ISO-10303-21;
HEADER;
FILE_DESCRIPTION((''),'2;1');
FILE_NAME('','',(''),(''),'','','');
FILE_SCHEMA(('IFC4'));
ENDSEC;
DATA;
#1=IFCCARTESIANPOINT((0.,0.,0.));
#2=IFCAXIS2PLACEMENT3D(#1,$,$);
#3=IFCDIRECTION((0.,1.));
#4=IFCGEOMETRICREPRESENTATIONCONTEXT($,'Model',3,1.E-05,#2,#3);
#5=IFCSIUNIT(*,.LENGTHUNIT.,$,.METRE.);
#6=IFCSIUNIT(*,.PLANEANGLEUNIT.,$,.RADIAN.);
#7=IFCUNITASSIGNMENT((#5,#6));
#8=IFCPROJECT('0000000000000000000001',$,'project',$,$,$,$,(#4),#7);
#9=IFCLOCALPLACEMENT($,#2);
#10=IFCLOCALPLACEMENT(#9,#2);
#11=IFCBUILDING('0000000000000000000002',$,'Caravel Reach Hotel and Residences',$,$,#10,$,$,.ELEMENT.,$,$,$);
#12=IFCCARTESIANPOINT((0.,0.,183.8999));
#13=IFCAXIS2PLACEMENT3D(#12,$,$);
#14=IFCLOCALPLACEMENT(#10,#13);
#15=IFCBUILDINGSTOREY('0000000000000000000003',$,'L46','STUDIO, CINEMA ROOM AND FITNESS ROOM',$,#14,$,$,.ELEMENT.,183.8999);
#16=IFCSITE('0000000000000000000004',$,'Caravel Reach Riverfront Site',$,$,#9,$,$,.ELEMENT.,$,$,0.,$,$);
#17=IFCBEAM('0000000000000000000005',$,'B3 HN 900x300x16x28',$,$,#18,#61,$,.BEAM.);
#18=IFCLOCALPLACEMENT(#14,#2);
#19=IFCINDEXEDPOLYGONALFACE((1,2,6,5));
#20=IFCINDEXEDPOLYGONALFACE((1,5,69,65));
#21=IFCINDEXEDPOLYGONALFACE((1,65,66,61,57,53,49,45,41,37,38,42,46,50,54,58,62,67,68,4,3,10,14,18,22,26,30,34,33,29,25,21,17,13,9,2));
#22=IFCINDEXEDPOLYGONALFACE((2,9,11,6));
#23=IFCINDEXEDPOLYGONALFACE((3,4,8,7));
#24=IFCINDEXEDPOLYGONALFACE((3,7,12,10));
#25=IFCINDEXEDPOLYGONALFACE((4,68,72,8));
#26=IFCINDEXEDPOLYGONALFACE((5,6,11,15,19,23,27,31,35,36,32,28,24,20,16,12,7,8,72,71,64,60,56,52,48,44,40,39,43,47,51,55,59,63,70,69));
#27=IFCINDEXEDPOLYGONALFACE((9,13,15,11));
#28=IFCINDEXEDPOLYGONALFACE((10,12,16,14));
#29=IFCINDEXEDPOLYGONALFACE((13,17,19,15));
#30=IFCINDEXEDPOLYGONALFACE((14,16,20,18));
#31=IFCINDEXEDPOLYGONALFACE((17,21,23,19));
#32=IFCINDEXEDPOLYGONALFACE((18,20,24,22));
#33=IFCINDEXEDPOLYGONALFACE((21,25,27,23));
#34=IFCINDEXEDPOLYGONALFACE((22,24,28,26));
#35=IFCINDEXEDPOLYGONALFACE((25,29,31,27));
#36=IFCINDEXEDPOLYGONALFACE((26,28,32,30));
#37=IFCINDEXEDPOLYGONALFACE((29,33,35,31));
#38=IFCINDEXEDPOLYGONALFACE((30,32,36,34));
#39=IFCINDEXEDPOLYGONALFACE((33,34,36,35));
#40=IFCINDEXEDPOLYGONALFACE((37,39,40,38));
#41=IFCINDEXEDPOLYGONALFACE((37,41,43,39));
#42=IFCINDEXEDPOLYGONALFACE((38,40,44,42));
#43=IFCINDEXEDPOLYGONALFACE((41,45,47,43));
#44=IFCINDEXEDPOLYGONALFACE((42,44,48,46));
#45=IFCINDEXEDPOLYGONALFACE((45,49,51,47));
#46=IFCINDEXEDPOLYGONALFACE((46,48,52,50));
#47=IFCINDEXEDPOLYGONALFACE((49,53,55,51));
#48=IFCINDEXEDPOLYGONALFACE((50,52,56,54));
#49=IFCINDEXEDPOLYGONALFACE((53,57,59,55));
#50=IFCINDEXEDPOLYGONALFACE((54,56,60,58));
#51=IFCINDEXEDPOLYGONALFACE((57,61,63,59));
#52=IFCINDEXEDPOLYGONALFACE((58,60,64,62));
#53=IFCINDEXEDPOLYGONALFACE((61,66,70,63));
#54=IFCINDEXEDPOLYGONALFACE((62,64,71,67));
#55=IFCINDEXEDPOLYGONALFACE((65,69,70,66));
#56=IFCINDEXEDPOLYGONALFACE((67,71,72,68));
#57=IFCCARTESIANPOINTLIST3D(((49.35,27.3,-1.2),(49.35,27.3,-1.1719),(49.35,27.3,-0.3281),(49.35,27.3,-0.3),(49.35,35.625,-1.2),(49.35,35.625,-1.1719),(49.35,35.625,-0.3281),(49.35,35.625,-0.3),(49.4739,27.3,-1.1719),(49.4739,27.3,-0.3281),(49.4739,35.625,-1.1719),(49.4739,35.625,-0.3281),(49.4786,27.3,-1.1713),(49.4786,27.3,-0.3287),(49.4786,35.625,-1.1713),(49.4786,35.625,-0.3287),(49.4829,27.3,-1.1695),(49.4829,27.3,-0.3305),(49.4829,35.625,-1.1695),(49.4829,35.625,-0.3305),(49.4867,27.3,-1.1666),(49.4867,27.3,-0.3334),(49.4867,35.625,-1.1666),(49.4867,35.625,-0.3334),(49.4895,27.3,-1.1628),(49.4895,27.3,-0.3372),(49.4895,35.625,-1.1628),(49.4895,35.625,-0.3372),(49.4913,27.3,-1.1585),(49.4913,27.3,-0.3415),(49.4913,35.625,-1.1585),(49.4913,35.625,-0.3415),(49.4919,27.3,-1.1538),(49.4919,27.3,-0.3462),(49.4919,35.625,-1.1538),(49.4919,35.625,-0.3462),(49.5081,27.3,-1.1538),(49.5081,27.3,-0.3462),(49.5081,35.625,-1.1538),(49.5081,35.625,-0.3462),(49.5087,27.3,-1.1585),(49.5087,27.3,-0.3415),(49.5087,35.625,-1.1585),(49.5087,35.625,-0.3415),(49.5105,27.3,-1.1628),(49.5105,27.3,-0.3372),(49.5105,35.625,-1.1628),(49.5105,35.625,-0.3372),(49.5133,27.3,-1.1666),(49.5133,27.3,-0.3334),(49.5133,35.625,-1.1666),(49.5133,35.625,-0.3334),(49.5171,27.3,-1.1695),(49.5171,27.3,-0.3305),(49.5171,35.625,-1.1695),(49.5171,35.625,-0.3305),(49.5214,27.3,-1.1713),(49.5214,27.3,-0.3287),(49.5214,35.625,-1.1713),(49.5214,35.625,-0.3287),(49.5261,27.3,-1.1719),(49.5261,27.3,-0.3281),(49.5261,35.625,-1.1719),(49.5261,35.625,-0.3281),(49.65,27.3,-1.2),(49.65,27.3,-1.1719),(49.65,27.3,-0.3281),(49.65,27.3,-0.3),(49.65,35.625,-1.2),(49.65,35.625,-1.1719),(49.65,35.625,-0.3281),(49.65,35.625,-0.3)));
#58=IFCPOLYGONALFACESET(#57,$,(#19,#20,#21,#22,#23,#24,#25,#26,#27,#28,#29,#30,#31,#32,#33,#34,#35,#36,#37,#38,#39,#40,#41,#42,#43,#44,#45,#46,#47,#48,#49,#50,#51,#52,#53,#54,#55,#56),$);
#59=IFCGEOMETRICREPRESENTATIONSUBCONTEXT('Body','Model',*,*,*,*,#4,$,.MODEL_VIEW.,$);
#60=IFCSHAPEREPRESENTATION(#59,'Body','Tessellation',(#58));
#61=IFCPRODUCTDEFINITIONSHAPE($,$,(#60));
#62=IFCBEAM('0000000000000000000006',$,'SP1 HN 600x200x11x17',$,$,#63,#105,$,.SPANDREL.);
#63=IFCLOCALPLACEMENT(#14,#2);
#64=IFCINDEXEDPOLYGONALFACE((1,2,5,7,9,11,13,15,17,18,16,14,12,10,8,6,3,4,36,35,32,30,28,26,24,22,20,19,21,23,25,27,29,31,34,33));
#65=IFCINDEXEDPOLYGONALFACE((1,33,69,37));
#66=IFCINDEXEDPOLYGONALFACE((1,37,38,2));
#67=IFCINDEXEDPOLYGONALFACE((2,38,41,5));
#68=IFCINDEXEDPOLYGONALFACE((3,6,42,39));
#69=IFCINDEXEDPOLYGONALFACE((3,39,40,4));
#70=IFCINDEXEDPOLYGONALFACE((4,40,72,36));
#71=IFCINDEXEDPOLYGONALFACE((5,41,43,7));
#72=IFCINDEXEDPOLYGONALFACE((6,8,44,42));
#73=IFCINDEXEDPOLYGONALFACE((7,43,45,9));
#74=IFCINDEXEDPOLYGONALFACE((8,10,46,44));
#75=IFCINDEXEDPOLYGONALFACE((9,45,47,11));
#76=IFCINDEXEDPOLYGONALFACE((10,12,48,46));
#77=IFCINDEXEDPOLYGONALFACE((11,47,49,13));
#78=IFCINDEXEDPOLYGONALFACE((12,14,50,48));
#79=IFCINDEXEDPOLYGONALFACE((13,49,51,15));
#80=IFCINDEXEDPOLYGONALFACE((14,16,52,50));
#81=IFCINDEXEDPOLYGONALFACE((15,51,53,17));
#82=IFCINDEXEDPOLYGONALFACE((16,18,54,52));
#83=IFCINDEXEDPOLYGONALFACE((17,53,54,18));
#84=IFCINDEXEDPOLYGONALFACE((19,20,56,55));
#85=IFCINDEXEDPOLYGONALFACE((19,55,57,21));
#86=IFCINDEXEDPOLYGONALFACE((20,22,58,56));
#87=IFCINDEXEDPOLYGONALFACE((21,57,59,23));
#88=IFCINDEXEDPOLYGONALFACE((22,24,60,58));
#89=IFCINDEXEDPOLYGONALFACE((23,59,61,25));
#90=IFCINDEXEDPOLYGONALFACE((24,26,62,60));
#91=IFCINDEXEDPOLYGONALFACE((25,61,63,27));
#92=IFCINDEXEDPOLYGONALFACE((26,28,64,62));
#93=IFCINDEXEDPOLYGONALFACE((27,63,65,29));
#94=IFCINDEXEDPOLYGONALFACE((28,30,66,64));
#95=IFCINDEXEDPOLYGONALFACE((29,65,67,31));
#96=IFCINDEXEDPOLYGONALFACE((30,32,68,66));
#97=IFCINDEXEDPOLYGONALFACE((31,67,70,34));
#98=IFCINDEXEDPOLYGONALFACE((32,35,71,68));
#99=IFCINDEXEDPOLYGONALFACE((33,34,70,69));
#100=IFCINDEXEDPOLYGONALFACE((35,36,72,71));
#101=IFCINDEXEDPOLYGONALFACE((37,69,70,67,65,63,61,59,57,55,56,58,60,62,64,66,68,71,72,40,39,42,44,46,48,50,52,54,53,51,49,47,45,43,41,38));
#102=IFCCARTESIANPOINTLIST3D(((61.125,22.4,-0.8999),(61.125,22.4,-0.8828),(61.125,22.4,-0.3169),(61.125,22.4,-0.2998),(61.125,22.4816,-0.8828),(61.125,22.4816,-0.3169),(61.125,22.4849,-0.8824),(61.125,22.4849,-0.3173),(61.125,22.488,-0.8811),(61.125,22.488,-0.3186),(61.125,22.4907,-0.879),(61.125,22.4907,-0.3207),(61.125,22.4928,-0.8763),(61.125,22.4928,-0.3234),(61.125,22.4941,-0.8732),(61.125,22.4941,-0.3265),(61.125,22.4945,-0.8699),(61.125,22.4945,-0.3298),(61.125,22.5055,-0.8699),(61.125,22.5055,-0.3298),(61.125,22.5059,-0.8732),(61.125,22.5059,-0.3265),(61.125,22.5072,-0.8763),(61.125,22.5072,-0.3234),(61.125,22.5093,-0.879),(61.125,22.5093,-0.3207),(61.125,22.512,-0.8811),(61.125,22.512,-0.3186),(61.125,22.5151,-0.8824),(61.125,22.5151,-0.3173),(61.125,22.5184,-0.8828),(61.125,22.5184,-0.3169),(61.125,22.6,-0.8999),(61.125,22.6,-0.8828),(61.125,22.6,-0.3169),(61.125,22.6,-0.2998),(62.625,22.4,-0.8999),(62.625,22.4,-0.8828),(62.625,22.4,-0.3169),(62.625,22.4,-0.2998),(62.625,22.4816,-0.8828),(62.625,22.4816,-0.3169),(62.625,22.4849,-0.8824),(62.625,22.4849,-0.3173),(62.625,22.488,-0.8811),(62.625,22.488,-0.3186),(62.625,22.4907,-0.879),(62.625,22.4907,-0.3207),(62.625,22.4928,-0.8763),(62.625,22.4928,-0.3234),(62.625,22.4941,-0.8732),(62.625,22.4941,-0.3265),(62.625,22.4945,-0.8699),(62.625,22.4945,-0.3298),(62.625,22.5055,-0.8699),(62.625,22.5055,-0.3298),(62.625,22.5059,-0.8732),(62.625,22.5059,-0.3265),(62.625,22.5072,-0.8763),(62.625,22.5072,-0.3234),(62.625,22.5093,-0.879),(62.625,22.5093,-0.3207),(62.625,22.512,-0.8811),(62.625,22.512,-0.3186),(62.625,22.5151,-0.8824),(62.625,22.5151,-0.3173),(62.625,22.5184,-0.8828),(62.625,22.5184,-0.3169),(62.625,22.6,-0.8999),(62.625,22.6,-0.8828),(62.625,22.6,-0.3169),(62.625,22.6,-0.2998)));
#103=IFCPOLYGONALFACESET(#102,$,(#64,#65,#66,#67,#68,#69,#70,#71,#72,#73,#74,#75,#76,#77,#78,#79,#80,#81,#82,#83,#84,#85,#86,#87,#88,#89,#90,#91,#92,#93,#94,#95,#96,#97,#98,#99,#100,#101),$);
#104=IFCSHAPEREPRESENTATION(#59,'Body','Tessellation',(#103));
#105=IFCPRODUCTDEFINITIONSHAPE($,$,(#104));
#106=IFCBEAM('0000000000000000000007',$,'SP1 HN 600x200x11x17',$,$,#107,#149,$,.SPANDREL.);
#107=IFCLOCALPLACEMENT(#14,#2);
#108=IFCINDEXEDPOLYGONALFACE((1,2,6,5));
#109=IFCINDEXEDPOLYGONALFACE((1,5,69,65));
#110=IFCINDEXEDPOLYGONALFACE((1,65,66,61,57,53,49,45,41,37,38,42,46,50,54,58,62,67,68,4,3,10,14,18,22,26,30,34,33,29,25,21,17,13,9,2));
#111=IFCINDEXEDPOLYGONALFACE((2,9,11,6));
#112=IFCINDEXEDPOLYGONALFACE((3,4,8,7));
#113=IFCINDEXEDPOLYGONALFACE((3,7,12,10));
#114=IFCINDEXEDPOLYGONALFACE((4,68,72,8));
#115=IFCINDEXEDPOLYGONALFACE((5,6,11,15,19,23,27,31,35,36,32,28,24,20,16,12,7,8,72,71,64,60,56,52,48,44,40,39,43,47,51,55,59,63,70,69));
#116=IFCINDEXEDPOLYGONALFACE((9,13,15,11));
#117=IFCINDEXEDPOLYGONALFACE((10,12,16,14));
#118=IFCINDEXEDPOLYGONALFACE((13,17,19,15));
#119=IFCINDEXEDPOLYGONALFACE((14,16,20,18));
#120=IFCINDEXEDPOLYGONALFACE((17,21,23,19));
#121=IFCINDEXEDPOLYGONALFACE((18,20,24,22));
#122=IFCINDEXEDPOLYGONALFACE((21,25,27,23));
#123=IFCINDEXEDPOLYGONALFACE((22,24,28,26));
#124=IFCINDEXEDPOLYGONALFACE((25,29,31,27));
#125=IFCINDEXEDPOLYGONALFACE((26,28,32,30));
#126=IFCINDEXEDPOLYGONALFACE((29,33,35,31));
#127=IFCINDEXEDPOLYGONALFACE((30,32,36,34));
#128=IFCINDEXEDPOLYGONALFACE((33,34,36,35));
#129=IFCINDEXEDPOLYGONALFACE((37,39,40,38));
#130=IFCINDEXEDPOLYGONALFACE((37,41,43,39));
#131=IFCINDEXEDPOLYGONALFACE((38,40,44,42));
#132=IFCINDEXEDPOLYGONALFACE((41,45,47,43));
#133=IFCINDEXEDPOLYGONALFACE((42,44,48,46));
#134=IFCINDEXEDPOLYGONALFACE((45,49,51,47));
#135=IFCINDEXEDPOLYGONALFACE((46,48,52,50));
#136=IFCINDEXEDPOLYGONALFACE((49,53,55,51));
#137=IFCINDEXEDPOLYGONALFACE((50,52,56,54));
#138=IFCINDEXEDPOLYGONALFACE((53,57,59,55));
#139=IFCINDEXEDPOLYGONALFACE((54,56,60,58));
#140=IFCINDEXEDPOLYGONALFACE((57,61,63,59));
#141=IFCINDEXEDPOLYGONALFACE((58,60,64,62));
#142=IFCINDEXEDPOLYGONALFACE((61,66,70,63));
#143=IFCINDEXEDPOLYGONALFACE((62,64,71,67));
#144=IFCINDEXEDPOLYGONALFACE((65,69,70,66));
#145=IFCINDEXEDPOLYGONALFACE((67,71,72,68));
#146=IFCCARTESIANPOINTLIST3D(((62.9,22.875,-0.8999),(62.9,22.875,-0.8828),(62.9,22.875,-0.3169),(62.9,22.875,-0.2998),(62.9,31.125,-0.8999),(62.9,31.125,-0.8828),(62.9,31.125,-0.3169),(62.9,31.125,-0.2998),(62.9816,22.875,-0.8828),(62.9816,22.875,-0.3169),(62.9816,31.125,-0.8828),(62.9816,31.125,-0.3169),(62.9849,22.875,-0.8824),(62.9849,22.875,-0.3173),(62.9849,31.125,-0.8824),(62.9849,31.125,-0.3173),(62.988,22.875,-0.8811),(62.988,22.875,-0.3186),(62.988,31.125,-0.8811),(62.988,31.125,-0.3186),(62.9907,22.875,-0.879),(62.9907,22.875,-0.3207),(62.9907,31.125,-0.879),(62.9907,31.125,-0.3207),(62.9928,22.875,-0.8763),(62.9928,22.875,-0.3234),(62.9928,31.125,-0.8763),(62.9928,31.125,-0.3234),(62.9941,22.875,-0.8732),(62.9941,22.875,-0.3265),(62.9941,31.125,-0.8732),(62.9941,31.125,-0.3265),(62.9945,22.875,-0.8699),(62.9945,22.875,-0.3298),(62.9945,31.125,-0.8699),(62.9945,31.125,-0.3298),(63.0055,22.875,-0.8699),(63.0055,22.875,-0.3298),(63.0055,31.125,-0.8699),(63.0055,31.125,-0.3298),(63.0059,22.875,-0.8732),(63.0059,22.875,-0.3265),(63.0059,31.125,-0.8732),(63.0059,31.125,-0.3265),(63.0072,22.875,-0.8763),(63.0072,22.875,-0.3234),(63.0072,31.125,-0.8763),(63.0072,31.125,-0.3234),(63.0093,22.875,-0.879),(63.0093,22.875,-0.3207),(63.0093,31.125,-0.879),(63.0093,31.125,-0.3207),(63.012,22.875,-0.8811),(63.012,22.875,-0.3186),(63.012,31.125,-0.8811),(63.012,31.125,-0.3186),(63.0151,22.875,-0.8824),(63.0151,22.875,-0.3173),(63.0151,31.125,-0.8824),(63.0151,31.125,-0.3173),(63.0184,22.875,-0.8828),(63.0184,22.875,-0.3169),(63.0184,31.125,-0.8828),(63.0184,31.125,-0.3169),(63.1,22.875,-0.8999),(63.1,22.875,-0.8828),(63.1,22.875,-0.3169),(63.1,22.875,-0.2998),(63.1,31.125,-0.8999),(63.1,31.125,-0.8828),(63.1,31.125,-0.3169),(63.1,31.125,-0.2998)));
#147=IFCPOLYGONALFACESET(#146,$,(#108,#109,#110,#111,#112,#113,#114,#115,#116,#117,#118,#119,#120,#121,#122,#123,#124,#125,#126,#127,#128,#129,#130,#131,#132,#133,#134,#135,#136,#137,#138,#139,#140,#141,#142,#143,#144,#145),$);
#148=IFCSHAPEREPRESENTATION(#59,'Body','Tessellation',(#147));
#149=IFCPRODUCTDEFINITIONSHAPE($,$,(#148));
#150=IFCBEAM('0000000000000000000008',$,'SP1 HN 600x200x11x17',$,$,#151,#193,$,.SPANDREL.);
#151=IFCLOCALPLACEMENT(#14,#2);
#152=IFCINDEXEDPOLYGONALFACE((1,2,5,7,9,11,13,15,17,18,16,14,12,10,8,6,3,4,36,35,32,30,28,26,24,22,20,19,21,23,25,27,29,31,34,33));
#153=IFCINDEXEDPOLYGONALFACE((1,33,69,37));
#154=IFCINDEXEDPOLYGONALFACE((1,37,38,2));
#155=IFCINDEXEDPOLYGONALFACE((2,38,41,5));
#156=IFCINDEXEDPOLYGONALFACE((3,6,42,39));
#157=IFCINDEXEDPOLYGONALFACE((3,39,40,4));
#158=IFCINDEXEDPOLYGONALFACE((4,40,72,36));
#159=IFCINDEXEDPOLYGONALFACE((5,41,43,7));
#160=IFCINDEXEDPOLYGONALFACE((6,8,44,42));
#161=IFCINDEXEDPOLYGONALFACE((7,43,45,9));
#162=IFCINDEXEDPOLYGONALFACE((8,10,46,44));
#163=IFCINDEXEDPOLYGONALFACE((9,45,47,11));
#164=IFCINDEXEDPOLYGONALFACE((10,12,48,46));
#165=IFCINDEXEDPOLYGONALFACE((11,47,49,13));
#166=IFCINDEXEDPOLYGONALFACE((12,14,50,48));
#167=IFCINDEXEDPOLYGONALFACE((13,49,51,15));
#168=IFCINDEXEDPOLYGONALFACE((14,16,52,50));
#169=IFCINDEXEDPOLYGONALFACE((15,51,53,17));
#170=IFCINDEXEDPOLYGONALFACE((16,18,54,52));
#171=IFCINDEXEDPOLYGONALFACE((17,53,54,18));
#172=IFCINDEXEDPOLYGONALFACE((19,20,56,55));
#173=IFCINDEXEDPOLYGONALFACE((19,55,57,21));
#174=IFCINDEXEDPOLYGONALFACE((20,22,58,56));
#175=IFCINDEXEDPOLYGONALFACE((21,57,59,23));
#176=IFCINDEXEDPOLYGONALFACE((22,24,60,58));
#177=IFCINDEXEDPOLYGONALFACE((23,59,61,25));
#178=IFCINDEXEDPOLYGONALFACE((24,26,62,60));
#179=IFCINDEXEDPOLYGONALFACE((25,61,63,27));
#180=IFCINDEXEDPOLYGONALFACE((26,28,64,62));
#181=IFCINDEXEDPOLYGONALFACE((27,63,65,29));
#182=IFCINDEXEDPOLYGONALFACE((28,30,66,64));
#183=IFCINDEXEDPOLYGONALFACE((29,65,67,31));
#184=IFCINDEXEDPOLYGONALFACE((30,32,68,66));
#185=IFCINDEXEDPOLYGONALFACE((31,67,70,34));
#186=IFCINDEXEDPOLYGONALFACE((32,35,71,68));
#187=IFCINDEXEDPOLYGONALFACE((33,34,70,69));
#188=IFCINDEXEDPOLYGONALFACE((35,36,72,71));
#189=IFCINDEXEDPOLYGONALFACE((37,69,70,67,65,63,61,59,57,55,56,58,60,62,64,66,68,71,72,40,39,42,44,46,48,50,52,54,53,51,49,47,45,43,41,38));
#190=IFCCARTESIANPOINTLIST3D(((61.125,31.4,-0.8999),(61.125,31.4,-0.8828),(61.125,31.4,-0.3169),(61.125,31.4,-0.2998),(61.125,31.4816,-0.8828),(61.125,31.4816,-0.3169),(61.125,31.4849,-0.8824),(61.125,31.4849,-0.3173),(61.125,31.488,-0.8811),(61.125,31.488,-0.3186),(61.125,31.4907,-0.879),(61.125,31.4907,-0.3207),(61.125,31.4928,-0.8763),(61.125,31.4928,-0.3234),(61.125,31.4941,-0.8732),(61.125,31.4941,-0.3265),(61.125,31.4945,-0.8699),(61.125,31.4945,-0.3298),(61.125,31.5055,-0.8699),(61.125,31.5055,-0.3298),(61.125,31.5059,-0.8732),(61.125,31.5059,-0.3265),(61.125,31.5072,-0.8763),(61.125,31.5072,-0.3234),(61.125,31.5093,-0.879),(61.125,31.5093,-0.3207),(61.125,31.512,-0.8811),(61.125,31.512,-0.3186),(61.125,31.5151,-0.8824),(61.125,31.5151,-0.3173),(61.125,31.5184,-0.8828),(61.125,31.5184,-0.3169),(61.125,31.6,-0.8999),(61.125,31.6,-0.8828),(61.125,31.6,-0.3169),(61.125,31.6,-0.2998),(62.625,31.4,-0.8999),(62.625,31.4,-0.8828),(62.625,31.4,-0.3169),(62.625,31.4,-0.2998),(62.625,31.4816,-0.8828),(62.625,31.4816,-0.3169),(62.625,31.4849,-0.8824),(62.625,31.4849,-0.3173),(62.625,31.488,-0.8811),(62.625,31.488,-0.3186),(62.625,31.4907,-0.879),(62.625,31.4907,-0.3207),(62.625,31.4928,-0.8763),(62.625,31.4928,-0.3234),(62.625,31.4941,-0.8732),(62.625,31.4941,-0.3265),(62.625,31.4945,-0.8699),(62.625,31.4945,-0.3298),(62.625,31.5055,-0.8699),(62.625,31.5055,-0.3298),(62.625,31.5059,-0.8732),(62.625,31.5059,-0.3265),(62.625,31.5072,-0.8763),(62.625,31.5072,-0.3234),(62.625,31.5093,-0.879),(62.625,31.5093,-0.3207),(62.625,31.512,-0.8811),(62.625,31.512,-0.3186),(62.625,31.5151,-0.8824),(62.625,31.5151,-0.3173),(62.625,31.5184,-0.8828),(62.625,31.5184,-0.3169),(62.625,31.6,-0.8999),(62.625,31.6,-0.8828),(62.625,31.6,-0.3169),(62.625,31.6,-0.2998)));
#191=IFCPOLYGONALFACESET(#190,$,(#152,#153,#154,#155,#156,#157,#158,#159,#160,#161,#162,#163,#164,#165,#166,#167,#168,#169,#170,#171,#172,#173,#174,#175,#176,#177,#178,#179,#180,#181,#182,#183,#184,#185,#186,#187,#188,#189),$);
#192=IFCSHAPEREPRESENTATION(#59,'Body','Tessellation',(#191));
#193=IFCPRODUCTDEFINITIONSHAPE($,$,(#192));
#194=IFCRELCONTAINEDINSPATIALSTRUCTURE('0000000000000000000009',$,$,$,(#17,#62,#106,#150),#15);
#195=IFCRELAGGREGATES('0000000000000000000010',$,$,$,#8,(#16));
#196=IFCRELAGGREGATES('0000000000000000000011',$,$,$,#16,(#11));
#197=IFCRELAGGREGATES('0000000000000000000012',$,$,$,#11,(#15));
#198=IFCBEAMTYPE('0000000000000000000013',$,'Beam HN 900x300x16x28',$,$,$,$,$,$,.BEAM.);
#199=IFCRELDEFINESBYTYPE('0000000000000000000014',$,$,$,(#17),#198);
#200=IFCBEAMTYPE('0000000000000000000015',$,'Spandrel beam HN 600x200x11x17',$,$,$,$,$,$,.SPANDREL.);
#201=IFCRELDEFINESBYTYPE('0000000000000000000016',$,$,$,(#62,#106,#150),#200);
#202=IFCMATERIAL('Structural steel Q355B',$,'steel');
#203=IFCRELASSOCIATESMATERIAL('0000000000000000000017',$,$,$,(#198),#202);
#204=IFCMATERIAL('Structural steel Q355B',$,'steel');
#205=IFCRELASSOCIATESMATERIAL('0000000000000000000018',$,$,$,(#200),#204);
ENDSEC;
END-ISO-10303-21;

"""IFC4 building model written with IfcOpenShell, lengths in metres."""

from ifc_helpers import new_model, si_unit, direction, frame, origin, origin_2d, place, context, subcontext, project, spatial, i_section, extrude, material, material_profile, profile_set, type_object, element, save


model = new_model("IFC4")

# Units and contexts
model_context = context("Model", 3, precision=1e-05, world=origin(), true_north=direction((0.0, 1.0)))
body_context = subcontext(model_context, "Body", "Model", "MODEL_VIEW")
ifc_project = project(units=[si_unit("LENGTHUNIT", "METRE"), si_unit("PLANEANGLEUNIT", "RADIAN")], contexts=[model_context])

# Site, building, storey
site_placement = place(None, origin())
site = spatial("IfcSite", under=ifc_project, at=site_placement, Name="Caravel Reach Riverfront Site", CompositionType="ELEMENT", RefElevation=0.0)
building_placement = place(site_placement, origin())
building = spatial("IfcBuilding", under=site, at=building_placement, Name="Caravel Reach Hotel and Residences", CompositionType="ELEMENT")
storey_placement = place(building_placement, frame((0.0, 0.0, 183.8999)))
storey = spatial("IfcBuildingStorey", under=building, at=storey_placement, Name="L46", Description="STUDIO, CINEMA ROOM AND FITNESS ROOM", CompositionType="ELEMENT", Elevation=183.8999)

# Beams
ifc_material_1 = material(Name="Structural steel Q355B", Category="steel")
ifc_material_profile_1 = material_profile(ifc_material_1, i_section(OverallWidth=0.3, OverallDepth=0.8999, WebThickness=0.0161, FlangeThickness=0.0281, FilletRadius=0.0181, at=origin_2d()), Name="HN 900x300x16x28")
ifc_profile_set_1 = profile_set([ifc_material_profile_1], Name="Structural steel Q355B")
beam_type_1 = type_object("IfcBeamType", Name="Beam HN 900x300x16x28", PredefinedType="BEAM", material=ifc_profile_set_1)
beam_1_placement = place(storey_placement, frame((49.5, 27.3, -0.75), z_axis=(0.0, 1.0, 0.0), x_axis=(-1.0, 0.0, 0.0)))
element("IfcBeam", 1, at=beam_1_placement, inside=storey, type_object=beam_type_1, Name="B3 HN 900x300x16x28", PredefinedType="BEAM", context=body_context, shape_type="SweptSolid", body=[
    extrude(i_section(OverallWidth=0.3, OverallDepth=0.8999, WebThickness=0.0161, FlangeThickness=0.0281, FilletRadius=0.0181, at=origin_2d()), origin(), (0.0, 0.0, 1.0), 8.325),
])
ifc_material_2 = material(Name="Structural steel Q355B", Category="steel")
ifc_material_profile_2 = material_profile(ifc_material_2, i_section(OverallWidth=0.2, OverallDepth=0.6001, WebThickness=0.011, FlangeThickness=0.0171, FilletRadius=0.0129, at=origin_2d()), Name="HN 600x200x11x17")
ifc_profile_set_2 = profile_set([ifc_material_profile_2], Name="Structural steel Q355B")
beam_type_2 = type_object("IfcBeamType", Name="Spandrel beam HN 600x200x11x17", PredefinedType="SPANDREL", material=ifc_profile_set_2)
beam_2_placement = place(storey_placement, frame((61.125, 22.5, -0.5999), z_axis=(1.0, 0.0, 0.0), x_axis=(0.0, 1.0, 0.0)))
element("IfcBeam", 2, at=beam_2_placement, inside=storey, type_object=beam_type_2, Name="SP1 HN 600x200x11x17", PredefinedType="SPANDREL", context=body_context, shape_type="SweptSolid", body=[
    extrude(i_section(OverallWidth=0.2, OverallDepth=0.6001, WebThickness=0.011, FlangeThickness=0.0171, FilletRadius=0.0129, at=origin_2d()), origin(), (0.0, 0.0, 1.0), 1.5),
])
beam_3_placement = place(storey_placement, frame((63.0, 22.875, -0.5999), z_axis=(0.0, 1.0, 0.0), x_axis=(-1.0, 0.0, 0.0)))
element("IfcBeam", 3, at=beam_3_placement, inside=storey, type_object=beam_type_2, Name="SP1 HN 600x200x11x17", PredefinedType="SPANDREL", context=body_context, shape_type="SweptSolid", body=[
    extrude(i_section(OverallWidth=0.2, OverallDepth=0.6001, WebThickness=0.011, FlangeThickness=0.0171, FilletRadius=0.0129, at=origin_2d()), origin(), (0.0, 0.0, 1.0), 8.25),
])
for number, where, z_axis, x_axis, name in (
    (4, (62.625, 31.5, -0.5999), (-1.0, 0.0, 0.0), (0.0, -1.0, 0.0), "SP1 HN 600x200x11x17"),
):
    element("IfcBeam", number, at=place(storey_placement, frame(where, z_axis=z_axis, x_axis=x_axis)), inside=storey, type_object=beam_type_2, Name=name, PredefinedType="SPANDREL", context=body_context, shape_type="SweptSolid", body=[
        extrude(i_section(OverallWidth=0.2, OverallDepth=0.6001, WebThickness=0.011, FlangeThickness=0.0171, FilletRadius=0.0129, at=origin_2d()), origin(), (0.0, 0.0, 1.0), 1.5),
    ])

save(model, "model.ifc")
